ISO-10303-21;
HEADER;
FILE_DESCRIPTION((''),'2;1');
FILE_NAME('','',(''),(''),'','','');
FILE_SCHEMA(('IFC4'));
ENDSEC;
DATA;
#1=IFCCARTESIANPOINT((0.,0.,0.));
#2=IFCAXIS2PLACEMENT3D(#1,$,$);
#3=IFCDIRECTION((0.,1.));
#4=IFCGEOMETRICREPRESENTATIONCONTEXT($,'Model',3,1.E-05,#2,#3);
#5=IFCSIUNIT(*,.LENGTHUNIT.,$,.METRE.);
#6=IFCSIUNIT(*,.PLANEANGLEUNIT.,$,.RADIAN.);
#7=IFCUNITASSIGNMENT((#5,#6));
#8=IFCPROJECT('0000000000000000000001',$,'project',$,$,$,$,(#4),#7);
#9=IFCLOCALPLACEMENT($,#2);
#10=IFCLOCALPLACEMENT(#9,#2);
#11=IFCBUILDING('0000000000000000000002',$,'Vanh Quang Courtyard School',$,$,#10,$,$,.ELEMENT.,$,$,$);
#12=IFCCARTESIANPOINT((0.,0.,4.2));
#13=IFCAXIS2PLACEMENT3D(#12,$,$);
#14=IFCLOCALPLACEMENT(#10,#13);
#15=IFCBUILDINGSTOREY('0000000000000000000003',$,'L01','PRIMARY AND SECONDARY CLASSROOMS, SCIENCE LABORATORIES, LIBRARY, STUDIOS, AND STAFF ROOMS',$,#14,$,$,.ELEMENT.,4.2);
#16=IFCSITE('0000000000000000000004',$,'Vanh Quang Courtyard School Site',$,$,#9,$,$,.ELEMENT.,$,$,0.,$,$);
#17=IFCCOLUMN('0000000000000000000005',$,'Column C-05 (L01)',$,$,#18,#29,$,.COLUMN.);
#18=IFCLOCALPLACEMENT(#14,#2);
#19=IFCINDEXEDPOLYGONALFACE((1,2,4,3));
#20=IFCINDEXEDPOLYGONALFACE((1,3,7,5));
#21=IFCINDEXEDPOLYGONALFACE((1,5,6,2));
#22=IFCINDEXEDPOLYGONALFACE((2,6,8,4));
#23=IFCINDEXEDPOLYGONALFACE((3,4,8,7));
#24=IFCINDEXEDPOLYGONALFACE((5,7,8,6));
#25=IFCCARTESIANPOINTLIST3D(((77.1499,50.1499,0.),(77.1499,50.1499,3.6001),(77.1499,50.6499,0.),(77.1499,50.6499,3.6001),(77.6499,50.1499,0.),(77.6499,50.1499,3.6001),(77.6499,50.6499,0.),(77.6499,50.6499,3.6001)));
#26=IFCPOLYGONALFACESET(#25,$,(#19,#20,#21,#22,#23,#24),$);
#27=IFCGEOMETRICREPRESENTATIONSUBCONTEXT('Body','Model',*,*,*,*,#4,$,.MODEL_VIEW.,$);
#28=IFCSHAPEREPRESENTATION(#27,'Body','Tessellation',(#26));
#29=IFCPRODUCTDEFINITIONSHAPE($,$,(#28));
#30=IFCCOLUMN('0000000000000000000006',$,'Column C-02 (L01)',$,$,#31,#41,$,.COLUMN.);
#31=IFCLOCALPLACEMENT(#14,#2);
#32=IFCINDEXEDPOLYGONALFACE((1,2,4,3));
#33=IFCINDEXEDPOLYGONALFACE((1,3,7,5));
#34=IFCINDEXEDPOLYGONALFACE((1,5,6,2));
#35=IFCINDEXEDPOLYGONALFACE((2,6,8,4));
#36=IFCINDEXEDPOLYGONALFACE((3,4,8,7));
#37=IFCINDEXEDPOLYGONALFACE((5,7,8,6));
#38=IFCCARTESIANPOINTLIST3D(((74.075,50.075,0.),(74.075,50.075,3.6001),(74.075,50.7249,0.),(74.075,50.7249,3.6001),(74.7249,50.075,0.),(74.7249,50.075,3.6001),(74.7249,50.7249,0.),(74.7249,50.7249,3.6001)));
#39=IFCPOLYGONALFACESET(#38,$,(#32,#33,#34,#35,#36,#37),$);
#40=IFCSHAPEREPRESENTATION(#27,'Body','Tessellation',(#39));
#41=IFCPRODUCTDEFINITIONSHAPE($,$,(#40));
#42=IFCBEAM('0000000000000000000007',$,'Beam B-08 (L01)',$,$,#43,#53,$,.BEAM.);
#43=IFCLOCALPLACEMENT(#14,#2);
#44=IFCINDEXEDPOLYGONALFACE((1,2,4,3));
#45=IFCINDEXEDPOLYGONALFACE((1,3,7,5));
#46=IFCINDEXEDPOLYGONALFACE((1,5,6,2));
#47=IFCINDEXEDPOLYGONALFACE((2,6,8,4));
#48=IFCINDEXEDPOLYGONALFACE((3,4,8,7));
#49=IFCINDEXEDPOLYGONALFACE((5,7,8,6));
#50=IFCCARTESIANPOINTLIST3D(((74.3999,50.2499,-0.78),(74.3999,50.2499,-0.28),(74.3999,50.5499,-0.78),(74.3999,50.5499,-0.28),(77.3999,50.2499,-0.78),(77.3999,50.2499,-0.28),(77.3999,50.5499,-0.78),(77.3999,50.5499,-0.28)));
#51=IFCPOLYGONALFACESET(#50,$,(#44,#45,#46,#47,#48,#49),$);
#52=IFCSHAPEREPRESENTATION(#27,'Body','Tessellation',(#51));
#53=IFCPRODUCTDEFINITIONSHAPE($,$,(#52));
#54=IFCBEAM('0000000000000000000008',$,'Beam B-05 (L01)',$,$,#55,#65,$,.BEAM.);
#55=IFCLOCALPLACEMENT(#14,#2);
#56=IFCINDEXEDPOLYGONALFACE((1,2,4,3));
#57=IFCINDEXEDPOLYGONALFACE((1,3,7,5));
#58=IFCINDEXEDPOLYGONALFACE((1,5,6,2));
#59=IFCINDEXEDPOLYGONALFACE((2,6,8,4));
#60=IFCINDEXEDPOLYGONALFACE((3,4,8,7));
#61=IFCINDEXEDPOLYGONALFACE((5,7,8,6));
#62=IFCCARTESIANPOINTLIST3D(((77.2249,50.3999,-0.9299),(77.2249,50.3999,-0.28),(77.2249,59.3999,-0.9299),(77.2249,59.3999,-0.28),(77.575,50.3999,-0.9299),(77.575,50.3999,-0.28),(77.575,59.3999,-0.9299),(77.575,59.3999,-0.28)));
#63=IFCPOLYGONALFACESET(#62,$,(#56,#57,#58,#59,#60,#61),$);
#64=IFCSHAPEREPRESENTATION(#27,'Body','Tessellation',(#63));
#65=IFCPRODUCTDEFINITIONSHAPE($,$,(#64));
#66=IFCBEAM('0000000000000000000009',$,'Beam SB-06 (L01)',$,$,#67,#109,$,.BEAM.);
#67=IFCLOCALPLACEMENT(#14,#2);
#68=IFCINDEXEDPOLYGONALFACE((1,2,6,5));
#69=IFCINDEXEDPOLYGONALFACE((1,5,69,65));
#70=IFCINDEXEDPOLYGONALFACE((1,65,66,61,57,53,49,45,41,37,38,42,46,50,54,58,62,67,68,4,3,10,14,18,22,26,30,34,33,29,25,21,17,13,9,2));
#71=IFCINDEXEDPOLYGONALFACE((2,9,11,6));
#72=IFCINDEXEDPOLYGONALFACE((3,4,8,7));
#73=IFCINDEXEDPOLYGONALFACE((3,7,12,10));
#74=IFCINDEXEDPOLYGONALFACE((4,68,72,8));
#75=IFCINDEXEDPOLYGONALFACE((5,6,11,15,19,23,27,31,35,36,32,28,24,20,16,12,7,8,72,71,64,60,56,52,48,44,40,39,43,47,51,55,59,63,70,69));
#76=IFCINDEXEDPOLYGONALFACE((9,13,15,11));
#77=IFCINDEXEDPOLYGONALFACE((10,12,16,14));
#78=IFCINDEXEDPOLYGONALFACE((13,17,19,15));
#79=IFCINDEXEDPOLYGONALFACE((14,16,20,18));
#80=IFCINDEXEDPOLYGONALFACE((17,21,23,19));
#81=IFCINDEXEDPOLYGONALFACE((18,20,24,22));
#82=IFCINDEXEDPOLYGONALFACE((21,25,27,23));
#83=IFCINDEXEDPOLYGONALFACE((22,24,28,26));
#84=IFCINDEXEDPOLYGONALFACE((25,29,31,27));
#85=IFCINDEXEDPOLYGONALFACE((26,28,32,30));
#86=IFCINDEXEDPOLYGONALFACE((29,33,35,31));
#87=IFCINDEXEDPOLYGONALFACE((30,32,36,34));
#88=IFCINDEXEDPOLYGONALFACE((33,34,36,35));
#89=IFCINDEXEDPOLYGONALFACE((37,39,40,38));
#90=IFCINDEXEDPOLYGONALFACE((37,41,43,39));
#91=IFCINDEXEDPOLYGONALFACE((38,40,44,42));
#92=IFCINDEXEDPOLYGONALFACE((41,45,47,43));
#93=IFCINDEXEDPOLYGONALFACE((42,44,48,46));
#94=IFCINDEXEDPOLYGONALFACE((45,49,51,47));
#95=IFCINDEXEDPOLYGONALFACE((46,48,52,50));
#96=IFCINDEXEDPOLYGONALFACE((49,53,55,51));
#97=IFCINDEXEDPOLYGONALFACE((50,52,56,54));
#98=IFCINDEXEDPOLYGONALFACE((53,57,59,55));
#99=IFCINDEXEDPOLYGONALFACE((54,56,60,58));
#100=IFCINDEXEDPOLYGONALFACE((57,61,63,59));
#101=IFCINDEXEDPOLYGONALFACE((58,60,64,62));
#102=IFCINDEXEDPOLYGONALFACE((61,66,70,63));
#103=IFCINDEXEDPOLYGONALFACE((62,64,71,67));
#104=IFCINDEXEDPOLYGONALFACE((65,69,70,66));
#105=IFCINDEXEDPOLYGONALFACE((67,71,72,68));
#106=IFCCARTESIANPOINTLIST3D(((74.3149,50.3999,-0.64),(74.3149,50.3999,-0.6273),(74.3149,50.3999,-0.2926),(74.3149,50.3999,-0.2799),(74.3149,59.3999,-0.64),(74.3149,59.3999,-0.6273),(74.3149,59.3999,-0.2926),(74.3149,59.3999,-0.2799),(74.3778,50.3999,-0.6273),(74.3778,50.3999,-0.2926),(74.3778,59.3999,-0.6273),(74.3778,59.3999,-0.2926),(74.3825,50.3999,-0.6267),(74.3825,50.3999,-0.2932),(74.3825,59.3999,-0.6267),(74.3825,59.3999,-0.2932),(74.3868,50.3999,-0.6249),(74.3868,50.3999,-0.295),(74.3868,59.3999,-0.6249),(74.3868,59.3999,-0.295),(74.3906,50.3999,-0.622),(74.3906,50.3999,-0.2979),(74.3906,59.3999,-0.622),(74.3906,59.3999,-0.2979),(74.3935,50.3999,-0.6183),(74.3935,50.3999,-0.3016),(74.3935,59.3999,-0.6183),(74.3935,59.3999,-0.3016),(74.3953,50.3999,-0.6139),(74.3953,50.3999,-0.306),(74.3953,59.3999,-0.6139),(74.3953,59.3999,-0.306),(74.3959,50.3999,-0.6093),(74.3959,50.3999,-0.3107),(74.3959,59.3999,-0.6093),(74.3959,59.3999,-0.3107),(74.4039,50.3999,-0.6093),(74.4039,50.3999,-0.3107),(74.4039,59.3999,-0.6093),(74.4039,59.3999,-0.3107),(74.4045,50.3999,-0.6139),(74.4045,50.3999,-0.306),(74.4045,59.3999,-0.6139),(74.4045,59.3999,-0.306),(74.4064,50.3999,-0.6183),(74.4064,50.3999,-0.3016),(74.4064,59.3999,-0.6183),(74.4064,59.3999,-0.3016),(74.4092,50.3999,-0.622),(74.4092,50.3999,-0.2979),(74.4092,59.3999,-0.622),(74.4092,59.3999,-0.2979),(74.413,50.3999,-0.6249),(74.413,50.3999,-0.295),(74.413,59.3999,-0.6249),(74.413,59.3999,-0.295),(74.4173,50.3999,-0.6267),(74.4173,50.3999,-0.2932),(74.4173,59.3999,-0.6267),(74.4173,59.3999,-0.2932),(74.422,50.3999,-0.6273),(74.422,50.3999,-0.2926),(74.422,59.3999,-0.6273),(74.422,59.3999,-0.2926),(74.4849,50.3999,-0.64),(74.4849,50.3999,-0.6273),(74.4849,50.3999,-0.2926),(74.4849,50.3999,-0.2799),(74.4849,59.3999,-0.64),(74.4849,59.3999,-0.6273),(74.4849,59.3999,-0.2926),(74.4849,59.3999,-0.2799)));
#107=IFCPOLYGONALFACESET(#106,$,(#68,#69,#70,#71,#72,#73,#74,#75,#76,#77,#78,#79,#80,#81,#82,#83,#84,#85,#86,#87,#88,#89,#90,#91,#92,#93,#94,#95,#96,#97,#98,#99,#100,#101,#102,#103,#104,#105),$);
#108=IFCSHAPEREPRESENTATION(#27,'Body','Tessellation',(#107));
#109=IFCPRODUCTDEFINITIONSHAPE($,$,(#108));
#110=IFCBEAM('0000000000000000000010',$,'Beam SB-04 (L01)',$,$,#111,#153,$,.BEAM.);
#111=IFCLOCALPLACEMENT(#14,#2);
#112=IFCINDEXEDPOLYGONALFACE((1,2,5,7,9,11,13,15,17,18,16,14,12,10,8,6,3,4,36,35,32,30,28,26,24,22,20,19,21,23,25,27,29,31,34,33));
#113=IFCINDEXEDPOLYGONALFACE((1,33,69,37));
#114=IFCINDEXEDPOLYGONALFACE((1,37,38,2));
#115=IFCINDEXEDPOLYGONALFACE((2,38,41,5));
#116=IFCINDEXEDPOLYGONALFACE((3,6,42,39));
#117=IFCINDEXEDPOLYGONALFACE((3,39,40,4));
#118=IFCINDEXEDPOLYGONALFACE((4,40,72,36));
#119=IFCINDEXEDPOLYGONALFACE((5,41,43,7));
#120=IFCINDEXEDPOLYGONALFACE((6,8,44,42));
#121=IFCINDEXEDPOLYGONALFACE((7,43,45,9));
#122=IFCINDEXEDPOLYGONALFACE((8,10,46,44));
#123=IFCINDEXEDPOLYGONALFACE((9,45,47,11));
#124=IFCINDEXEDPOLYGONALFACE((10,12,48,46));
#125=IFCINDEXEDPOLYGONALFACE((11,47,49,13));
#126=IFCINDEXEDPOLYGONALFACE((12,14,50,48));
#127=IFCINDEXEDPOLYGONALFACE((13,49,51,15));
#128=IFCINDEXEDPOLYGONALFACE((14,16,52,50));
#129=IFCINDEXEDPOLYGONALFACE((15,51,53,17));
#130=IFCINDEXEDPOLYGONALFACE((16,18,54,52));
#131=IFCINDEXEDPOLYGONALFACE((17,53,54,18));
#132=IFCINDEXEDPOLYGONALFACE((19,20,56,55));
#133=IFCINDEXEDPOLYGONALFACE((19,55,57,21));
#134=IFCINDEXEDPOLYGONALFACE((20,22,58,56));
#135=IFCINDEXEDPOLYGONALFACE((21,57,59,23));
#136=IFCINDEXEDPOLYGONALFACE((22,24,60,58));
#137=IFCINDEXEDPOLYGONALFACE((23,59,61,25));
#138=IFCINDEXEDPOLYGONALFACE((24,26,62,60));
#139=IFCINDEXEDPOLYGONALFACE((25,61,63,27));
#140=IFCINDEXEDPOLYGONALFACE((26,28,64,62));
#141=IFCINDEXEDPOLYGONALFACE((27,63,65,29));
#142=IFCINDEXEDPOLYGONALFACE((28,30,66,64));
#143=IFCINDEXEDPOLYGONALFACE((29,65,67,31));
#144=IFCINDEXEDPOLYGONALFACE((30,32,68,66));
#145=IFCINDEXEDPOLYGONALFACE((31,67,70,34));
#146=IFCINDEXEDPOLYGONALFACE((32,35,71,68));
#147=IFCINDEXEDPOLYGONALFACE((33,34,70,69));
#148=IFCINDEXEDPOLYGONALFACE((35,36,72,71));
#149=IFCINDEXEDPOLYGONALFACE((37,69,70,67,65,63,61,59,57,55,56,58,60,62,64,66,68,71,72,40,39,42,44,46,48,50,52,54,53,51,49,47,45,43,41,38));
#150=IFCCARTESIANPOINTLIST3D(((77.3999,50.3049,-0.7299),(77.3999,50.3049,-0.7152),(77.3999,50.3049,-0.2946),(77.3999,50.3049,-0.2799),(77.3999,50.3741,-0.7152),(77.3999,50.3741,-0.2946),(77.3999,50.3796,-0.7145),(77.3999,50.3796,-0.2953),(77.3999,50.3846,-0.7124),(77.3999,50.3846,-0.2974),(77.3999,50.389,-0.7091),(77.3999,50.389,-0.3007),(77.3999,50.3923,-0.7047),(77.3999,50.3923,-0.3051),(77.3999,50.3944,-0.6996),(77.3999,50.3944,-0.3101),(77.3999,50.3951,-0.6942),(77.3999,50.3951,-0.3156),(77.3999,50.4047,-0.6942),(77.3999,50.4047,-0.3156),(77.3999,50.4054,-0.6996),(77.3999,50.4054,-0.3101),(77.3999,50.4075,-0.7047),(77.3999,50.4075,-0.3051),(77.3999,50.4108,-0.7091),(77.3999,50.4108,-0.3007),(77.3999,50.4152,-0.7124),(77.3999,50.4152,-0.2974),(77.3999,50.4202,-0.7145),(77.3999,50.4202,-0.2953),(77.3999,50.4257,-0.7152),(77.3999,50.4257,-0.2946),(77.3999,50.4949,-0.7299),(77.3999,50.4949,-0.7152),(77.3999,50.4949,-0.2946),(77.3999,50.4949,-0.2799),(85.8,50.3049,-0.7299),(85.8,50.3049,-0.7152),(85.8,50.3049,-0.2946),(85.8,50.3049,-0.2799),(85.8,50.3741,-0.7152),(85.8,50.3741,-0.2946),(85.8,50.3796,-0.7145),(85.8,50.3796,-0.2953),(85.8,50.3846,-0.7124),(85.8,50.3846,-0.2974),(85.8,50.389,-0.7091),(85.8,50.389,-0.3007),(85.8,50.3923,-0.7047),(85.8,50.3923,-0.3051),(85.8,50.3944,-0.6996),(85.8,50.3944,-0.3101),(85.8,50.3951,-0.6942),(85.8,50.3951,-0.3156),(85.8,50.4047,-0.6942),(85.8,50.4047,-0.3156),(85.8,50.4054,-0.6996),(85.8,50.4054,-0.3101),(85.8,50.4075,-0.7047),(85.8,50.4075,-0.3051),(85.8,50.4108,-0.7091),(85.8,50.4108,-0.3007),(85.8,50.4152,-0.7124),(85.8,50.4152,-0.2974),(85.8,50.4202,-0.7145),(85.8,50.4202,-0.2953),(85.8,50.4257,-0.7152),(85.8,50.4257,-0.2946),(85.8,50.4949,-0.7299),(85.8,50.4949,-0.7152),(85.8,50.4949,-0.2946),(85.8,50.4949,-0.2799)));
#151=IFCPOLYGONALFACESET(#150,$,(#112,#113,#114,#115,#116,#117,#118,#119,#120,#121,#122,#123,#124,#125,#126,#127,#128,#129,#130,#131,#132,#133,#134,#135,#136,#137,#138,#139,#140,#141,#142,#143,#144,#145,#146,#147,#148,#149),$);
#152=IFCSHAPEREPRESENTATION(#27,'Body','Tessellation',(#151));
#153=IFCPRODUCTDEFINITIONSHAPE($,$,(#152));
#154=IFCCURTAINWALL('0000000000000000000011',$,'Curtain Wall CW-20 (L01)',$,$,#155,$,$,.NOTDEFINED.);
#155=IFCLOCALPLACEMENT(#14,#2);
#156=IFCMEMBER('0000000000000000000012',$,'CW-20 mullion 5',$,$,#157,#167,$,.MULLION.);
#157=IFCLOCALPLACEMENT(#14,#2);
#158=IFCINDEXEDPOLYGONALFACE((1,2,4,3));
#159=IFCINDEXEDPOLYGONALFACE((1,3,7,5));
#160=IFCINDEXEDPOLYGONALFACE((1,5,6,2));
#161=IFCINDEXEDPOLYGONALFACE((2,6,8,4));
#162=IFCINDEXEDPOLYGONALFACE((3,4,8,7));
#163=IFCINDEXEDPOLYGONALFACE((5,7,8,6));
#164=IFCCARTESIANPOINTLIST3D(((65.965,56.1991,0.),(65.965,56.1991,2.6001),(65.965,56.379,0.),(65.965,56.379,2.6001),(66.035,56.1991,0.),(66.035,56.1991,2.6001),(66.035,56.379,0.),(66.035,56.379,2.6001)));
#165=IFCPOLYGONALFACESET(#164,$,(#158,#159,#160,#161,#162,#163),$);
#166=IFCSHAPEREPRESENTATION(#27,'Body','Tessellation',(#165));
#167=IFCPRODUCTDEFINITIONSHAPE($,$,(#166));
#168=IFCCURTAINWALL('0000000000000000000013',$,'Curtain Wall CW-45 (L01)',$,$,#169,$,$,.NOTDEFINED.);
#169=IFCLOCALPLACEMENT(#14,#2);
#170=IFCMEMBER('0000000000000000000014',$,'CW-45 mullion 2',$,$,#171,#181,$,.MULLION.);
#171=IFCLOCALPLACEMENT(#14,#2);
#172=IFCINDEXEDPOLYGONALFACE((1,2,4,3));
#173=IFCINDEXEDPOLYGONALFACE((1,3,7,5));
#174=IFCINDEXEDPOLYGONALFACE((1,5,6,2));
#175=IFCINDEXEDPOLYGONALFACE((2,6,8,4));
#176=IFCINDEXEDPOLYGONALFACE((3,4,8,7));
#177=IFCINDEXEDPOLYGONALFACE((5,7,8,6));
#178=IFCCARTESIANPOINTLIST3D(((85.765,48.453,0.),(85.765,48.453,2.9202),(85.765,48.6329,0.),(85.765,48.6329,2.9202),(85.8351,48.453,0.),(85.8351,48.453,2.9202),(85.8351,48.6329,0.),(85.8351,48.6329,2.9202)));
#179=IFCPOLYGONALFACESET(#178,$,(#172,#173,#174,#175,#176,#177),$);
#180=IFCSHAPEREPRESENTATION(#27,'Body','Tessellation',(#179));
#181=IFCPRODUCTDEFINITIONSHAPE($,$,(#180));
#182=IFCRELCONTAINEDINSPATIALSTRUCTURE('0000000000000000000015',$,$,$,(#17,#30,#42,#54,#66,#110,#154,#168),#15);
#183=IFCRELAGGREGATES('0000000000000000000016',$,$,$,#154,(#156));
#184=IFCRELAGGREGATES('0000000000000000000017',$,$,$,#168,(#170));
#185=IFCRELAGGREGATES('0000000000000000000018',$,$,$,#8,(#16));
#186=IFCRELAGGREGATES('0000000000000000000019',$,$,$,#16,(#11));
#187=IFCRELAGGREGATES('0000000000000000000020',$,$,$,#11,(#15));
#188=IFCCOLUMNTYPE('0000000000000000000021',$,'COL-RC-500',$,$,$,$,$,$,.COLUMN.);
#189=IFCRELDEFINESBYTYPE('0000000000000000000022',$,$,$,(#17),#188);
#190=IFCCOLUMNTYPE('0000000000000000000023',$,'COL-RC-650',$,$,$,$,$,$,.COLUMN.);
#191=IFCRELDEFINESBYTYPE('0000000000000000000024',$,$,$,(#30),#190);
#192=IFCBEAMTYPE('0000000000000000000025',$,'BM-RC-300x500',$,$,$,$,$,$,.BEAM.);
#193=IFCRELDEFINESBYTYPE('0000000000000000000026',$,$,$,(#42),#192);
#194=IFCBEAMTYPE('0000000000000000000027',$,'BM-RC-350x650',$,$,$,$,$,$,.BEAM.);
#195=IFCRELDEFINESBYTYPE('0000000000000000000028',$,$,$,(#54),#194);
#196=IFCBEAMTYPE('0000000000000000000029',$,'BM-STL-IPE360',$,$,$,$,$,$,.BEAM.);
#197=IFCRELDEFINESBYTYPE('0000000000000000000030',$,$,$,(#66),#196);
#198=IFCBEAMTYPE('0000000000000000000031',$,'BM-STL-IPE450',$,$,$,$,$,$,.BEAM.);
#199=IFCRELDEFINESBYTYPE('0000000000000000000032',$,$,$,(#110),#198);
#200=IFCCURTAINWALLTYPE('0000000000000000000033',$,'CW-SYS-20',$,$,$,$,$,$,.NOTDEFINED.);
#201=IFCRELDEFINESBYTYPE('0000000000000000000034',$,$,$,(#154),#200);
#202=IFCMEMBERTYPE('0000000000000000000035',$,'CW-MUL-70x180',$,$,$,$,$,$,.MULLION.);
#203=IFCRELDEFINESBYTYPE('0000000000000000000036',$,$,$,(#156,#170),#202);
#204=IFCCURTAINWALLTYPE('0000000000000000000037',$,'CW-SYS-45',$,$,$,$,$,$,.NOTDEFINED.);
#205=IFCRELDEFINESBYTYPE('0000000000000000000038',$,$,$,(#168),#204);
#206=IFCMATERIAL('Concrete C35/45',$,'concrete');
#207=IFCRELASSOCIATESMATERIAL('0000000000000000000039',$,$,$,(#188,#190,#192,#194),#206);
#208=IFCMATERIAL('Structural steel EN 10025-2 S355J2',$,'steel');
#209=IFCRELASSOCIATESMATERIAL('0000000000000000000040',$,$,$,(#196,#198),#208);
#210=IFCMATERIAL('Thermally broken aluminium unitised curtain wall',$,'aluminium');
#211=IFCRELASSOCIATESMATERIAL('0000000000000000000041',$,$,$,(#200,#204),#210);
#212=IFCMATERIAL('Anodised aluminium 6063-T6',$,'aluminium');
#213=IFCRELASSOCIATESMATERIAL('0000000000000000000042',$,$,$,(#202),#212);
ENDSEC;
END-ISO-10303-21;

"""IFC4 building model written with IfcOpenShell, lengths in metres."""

from ifc_helpers import new_model, si_unit, direction, frame, origin, origin_2d, place, context, subcontext, project, spatial, rectangle, i_section, extrude, material, material_profile, profile_set, type_object, element, aggregate, save


model = new_model("IFC4")

# Units and contexts
model_context = context("Model", 3, precision=1e-05, world=origin(), true_north=direction((0.0, 1.0)))
body_context = subcontext(model_context, "Body", "Model", "MODEL_VIEW")
ifc_project = project(units=[si_unit("LENGTHUNIT", "METRE"), si_unit("PLANEANGLEUNIT", "RADIAN")], contexts=[model_context])

# Site, building, storey
site_placement = place(None, origin())
site = spatial("IfcSite", under=ifc_project, at=site_placement, Name="Vanh Quang Courtyard School Site", CompositionType="ELEMENT", RefElevation=0.0)
building_placement = place(site_placement, origin())
building = spatial("IfcBuilding", under=site, at=building_placement, Name="Vanh Quang Courtyard School", CompositionType="ELEMENT")
storey_placement = place(building_placement, frame((0.0, 0.0, 4.2)))
storey = spatial("IfcBuildingStorey", under=building, at=storey_placement, Name="L01", Description="PRIMARY AND SECONDARY CLASSROOMS, SCIENCE LABORATORIES, LIBRARY, STUDIOS, AND STAFF ROOMS", CompositionType="ELEMENT", Elevation=4.2)

# Columns
ifc_material_1 = material(Name="Concrete C35/45", Category="concrete")
ifc_material_profile_1 = material_profile(ifc_material_1, rectangle(XDim=0.5, YDim=0.5, at=origin_2d()), Name="RC-COL 500x500")
ifc_profile_set_1 = profile_set([ifc_material_profile_1], Name="Concrete C35/45")
column_type_1 = type_object("IfcColumnType", Name="COL-RC-500", PredefinedType="COLUMN", material=ifc_profile_set_1)
column_1_placement = place(storey_placement, frame((77.3999, 50.3999, 0.0), z_axis=(0.0, 0.0, 1.0), x_axis=(1.0, 0.0, 0.0)))
element("IfcColumn", 1, at=column_1_placement, inside=storey, type_object=column_type_1, Name="Column C-05 (L01)", PredefinedType="COLUMN", context=body_context, shape_type="SweptSolid", body=[
    extrude(rectangle(XDim=0.5, YDim=0.5, at=origin_2d()), origin(), (0.0, 0.0, 1.0), 3.6001),
])
ifc_material_profile_2 = material_profile(ifc_material_1, rectangle(XDim=0.6499, YDim=0.6499, at=origin_2d()), Name="RC-COL 650x650")
ifc_profile_set_2 = profile_set([ifc_material_profile_2], Name="Concrete C35/45")
column_type_2 = type_object("IfcColumnType", Name="COL-RC-650", PredefinedType="COLUMN", material=ifc_profile_set_2)
column_2_placement = place(storey_placement, frame((74.3999, 50.3999, 0.0), z_axis=(0.0, 0.0, 1.0), x_axis=(1.0, 0.0, 0.0)))
element("IfcColumn", 2, at=column_2_placement, inside=storey, type_object=column_type_2, Name="Column C-02 (L01)", PredefinedType="COLUMN", context=body_context, shape_type="SweptSolid", body=[
    extrude(rectangle(XDim=0.6499, YDim=0.6499, at=origin_2d()), origin(), (0.0, 0.0, 1.0), 3.6001),
])

# Beams
ifc_material_profile_3 = material_profile(ifc_material_1, rectangle(XDim=0.3, YDim=0.5, at=origin_2d()), Name="RC-BM 300x500")
ifc_profile_set_3 = profile_set([ifc_material_profile_3], Name="Concrete C35/45")
beam_type_1 = type_object("IfcBeamType", Name="BM-RC-300x500", PredefinedType="BEAM", material=ifc_profile_set_3)
beam_1_placement = place(storey_placement, frame((74.3999, 50.3999, -0.53), z_axis=(1.0, 0.0, 0.0), x_axis=(0.0, 1.0, 0.0)))
element("IfcBeam", 3, at=beam_1_placement, inside=storey, type_object=beam_type_1, Name="Beam B-08 (L01)", PredefinedType="BEAM", context=body_context, shape_type="SweptSolid", body=[
    extrude(rectangle(XDim=0.3, YDim=0.5, at=origin_2d()), origin(), (0.0, 0.0, 1.0), 3.0),
])
ifc_material_profile_4 = material_profile(ifc_material_1, rectangle(XDim=0.3501, YDim=0.6499, at=origin_2d()), Name="RC-BM 350x650")
ifc_profile_set_4 = profile_set([ifc_material_profile_4], Name="Concrete C35/45")
beam_type_2 = type_object("IfcBeamType", Name="BM-RC-350x650", PredefinedType="BEAM", material=ifc_profile_set_4)
beam_2_placement = place(storey_placement, frame((77.3999, 50.3999, -0.605), z_axis=(0.0, 1.0, 0.0), x_axis=(-1.0, 0.0, 0.0)))
element("IfcBeam", 4, at=beam_2_placement, inside=storey, type_object=beam_type_2, Name="Beam B-05 (L01)", PredefinedType="BEAM", context=body_context, shape_type="SweptSolid", body=[
    extrude(rectangle(XDim=0.3501, YDim=0.6499, at=origin_2d()), origin(), (0.0, 0.0, 1.0), 9.0),
])
ifc_material_2 = material(Name="Structural steel EN 10025-2 S355J2", Category="steel")
ifc_material_profile_5 = material_profile(ifc_material_2, i_section(OverallWidth=0.1699, OverallDepth=0.3601, WebThickness=0.0081, FlangeThickness=0.0127, FilletRadius=0.0181, at=origin_2d()), Name="IPE 360")
ifc_profile_set_5 = profile_set([ifc_material_profile_5], Name="Structural steel EN 10025-2 S355J2")
beam_type_3 = type_object("IfcBeamType", Name="BM-STL-IPE360", PredefinedType="BEAM", material=ifc_profile_set_5)
beam_3_placement = place(storey_placement, frame((74.3999, 50.3999, -0.46), z_axis=(0.0, 1.0, 0.0), x_axis=(-1.0, 0.0, 0.0)))
element("IfcBeam", 5, at=beam_3_placement, inside=storey, type_object=beam_type_3, Name="Beam SB-06 (L01)", PredefinedType="BEAM", context=body_context, shape_type="SweptSolid", body=[
    extrude(i_section(OverallWidth=0.1699, OverallDepth=0.3601, WebThickness=0.0081, FlangeThickness=0.0127, FilletRadius=0.0181, at=origin_2d()), origin(), (0.0, 0.0, 1.0), 9.0),
])
ifc_material_profile_6 = material_profile(ifc_material_2, i_section(OverallWidth=0.1899, OverallDepth=0.45, WebThickness=0.0095, FlangeThickness=0.0146, FilletRadius=0.021, at=origin_2d()), Name="IPE 450")
ifc_profile_set_6 = profile_set([ifc_material_profile_6], Name="Structural steel EN 10025-2 S355J2")
beam_type_4 = type_object("IfcBeamType", Name="BM-STL-IPE450", PredefinedType="BEAM", material=ifc_profile_set_6)
beam_4_placement = place(storey_placement, frame((77.3999, 50.3999, -0.5049), z_axis=(1.0, 0.0, 0.0), x_axis=(0.0, 1.0, 0.0)))
element("IfcBeam", 6, at=beam_4_placement, inside=storey, type_object=beam_type_4, Name="Beam SB-04 (L01)", PredefinedType="BEAM", context=body_context, shape_type="SweptSolid", body=[
    extrude(i_section(OverallWidth=0.1899, OverallDepth=0.45, WebThickness=0.0095, FlangeThickness=0.0146, FilletRadius=0.021, at=origin_2d()), origin(), (0.0, 0.0, 1.0), 8.4001),
])

# Curtain wall, member
ifc_material_3 = material(Name="Thermally broken aluminium unitised curtain wall", Category="aluminium")
curtain_wall_type_1 = type_object("IfcCurtainWallType", Name="CW-SYS-20", PredefinedType="NOTDEFINED", material=ifc_material_3)
curtain_wall_1_placement = place(storey_placement, origin())
curtain_wall_1 = element("IfcCurtainWall", 7, at=curtain_wall_1_placement, inside=storey, type_object=curtain_wall_type_1, Name="Curtain Wall CW-20 (L01)", PredefinedType="NOTDEFINED")
ifc_material_4 = material(Name="Anodised aluminium 6063-T6", Category="aluminium")
ifc_material_profile_7 = material_profile(ifc_material_4, rectangle(XDim=0.0701, YDim=0.1799, at=origin_2d()), Name="ALU-MUL 70x180")
ifc_profile_set_7 = profile_set([ifc_material_profile_7], Name="Anodised aluminium 6063-T6")
member_type_1 = type_object("IfcMemberType", Name="CW-MUL-70x180", PredefinedType="MULLION", material=ifc_profile_set_7)
member_1_placement = place(storey_placement, frame((66.0, 56.2891, 0.0), z_axis=(0.0, 0.0, 1.0), x_axis=(-1.0, 0.0, 0.0)))
member_1 = element("IfcMember", 8, at=member_1_placement, type_object=member_type_1, Name="CW-20 mullion 5", PredefinedType="MULLION", context=body_context, shape_type="SweptSolid", body=[
    extrude(rectangle(XDim=0.0701, YDim=0.1799, at=origin_2d()), origin(), (0.0, 0.0, 1.0), 2.6001),
])

# Curtain wall, member
curtain_wall_type_2 = type_object("IfcCurtainWallType", Name="CW-SYS-45", PredefinedType="NOTDEFINED", material=ifc_material_3)
curtain_wall_2_placement = place(storey_placement, origin())
curtain_wall_2 = element("IfcCurtainWall", 9, at=curtain_wall_2_placement, inside=storey, type_object=curtain_wall_type_2, Name="Curtain Wall CW-45 (L01)", PredefinedType="NOTDEFINED")
member_2_placement = place(storey_placement, frame((85.8, 48.543, 0.0), z_axis=(0.0, 0.0, 1.0), x_axis=(1.0, 0.0, 0.0)))
member_2 = element("IfcMember", 10, at=member_2_placement, type_object=member_type_1, Name="CW-45 mullion 2", PredefinedType="MULLION", context=body_context, shape_type="SweptSolid", body=[
    extrude(rectangle(XDim=0.0701, YDim=0.1799, at=origin_2d()), origin(), (0.0, 0.0, 1.0), 2.9202),
])

aggregate(curtain_wall_1, [member_1])

aggregate(curtain_wall_2, [member_2])

save(model, "model.ifc")
